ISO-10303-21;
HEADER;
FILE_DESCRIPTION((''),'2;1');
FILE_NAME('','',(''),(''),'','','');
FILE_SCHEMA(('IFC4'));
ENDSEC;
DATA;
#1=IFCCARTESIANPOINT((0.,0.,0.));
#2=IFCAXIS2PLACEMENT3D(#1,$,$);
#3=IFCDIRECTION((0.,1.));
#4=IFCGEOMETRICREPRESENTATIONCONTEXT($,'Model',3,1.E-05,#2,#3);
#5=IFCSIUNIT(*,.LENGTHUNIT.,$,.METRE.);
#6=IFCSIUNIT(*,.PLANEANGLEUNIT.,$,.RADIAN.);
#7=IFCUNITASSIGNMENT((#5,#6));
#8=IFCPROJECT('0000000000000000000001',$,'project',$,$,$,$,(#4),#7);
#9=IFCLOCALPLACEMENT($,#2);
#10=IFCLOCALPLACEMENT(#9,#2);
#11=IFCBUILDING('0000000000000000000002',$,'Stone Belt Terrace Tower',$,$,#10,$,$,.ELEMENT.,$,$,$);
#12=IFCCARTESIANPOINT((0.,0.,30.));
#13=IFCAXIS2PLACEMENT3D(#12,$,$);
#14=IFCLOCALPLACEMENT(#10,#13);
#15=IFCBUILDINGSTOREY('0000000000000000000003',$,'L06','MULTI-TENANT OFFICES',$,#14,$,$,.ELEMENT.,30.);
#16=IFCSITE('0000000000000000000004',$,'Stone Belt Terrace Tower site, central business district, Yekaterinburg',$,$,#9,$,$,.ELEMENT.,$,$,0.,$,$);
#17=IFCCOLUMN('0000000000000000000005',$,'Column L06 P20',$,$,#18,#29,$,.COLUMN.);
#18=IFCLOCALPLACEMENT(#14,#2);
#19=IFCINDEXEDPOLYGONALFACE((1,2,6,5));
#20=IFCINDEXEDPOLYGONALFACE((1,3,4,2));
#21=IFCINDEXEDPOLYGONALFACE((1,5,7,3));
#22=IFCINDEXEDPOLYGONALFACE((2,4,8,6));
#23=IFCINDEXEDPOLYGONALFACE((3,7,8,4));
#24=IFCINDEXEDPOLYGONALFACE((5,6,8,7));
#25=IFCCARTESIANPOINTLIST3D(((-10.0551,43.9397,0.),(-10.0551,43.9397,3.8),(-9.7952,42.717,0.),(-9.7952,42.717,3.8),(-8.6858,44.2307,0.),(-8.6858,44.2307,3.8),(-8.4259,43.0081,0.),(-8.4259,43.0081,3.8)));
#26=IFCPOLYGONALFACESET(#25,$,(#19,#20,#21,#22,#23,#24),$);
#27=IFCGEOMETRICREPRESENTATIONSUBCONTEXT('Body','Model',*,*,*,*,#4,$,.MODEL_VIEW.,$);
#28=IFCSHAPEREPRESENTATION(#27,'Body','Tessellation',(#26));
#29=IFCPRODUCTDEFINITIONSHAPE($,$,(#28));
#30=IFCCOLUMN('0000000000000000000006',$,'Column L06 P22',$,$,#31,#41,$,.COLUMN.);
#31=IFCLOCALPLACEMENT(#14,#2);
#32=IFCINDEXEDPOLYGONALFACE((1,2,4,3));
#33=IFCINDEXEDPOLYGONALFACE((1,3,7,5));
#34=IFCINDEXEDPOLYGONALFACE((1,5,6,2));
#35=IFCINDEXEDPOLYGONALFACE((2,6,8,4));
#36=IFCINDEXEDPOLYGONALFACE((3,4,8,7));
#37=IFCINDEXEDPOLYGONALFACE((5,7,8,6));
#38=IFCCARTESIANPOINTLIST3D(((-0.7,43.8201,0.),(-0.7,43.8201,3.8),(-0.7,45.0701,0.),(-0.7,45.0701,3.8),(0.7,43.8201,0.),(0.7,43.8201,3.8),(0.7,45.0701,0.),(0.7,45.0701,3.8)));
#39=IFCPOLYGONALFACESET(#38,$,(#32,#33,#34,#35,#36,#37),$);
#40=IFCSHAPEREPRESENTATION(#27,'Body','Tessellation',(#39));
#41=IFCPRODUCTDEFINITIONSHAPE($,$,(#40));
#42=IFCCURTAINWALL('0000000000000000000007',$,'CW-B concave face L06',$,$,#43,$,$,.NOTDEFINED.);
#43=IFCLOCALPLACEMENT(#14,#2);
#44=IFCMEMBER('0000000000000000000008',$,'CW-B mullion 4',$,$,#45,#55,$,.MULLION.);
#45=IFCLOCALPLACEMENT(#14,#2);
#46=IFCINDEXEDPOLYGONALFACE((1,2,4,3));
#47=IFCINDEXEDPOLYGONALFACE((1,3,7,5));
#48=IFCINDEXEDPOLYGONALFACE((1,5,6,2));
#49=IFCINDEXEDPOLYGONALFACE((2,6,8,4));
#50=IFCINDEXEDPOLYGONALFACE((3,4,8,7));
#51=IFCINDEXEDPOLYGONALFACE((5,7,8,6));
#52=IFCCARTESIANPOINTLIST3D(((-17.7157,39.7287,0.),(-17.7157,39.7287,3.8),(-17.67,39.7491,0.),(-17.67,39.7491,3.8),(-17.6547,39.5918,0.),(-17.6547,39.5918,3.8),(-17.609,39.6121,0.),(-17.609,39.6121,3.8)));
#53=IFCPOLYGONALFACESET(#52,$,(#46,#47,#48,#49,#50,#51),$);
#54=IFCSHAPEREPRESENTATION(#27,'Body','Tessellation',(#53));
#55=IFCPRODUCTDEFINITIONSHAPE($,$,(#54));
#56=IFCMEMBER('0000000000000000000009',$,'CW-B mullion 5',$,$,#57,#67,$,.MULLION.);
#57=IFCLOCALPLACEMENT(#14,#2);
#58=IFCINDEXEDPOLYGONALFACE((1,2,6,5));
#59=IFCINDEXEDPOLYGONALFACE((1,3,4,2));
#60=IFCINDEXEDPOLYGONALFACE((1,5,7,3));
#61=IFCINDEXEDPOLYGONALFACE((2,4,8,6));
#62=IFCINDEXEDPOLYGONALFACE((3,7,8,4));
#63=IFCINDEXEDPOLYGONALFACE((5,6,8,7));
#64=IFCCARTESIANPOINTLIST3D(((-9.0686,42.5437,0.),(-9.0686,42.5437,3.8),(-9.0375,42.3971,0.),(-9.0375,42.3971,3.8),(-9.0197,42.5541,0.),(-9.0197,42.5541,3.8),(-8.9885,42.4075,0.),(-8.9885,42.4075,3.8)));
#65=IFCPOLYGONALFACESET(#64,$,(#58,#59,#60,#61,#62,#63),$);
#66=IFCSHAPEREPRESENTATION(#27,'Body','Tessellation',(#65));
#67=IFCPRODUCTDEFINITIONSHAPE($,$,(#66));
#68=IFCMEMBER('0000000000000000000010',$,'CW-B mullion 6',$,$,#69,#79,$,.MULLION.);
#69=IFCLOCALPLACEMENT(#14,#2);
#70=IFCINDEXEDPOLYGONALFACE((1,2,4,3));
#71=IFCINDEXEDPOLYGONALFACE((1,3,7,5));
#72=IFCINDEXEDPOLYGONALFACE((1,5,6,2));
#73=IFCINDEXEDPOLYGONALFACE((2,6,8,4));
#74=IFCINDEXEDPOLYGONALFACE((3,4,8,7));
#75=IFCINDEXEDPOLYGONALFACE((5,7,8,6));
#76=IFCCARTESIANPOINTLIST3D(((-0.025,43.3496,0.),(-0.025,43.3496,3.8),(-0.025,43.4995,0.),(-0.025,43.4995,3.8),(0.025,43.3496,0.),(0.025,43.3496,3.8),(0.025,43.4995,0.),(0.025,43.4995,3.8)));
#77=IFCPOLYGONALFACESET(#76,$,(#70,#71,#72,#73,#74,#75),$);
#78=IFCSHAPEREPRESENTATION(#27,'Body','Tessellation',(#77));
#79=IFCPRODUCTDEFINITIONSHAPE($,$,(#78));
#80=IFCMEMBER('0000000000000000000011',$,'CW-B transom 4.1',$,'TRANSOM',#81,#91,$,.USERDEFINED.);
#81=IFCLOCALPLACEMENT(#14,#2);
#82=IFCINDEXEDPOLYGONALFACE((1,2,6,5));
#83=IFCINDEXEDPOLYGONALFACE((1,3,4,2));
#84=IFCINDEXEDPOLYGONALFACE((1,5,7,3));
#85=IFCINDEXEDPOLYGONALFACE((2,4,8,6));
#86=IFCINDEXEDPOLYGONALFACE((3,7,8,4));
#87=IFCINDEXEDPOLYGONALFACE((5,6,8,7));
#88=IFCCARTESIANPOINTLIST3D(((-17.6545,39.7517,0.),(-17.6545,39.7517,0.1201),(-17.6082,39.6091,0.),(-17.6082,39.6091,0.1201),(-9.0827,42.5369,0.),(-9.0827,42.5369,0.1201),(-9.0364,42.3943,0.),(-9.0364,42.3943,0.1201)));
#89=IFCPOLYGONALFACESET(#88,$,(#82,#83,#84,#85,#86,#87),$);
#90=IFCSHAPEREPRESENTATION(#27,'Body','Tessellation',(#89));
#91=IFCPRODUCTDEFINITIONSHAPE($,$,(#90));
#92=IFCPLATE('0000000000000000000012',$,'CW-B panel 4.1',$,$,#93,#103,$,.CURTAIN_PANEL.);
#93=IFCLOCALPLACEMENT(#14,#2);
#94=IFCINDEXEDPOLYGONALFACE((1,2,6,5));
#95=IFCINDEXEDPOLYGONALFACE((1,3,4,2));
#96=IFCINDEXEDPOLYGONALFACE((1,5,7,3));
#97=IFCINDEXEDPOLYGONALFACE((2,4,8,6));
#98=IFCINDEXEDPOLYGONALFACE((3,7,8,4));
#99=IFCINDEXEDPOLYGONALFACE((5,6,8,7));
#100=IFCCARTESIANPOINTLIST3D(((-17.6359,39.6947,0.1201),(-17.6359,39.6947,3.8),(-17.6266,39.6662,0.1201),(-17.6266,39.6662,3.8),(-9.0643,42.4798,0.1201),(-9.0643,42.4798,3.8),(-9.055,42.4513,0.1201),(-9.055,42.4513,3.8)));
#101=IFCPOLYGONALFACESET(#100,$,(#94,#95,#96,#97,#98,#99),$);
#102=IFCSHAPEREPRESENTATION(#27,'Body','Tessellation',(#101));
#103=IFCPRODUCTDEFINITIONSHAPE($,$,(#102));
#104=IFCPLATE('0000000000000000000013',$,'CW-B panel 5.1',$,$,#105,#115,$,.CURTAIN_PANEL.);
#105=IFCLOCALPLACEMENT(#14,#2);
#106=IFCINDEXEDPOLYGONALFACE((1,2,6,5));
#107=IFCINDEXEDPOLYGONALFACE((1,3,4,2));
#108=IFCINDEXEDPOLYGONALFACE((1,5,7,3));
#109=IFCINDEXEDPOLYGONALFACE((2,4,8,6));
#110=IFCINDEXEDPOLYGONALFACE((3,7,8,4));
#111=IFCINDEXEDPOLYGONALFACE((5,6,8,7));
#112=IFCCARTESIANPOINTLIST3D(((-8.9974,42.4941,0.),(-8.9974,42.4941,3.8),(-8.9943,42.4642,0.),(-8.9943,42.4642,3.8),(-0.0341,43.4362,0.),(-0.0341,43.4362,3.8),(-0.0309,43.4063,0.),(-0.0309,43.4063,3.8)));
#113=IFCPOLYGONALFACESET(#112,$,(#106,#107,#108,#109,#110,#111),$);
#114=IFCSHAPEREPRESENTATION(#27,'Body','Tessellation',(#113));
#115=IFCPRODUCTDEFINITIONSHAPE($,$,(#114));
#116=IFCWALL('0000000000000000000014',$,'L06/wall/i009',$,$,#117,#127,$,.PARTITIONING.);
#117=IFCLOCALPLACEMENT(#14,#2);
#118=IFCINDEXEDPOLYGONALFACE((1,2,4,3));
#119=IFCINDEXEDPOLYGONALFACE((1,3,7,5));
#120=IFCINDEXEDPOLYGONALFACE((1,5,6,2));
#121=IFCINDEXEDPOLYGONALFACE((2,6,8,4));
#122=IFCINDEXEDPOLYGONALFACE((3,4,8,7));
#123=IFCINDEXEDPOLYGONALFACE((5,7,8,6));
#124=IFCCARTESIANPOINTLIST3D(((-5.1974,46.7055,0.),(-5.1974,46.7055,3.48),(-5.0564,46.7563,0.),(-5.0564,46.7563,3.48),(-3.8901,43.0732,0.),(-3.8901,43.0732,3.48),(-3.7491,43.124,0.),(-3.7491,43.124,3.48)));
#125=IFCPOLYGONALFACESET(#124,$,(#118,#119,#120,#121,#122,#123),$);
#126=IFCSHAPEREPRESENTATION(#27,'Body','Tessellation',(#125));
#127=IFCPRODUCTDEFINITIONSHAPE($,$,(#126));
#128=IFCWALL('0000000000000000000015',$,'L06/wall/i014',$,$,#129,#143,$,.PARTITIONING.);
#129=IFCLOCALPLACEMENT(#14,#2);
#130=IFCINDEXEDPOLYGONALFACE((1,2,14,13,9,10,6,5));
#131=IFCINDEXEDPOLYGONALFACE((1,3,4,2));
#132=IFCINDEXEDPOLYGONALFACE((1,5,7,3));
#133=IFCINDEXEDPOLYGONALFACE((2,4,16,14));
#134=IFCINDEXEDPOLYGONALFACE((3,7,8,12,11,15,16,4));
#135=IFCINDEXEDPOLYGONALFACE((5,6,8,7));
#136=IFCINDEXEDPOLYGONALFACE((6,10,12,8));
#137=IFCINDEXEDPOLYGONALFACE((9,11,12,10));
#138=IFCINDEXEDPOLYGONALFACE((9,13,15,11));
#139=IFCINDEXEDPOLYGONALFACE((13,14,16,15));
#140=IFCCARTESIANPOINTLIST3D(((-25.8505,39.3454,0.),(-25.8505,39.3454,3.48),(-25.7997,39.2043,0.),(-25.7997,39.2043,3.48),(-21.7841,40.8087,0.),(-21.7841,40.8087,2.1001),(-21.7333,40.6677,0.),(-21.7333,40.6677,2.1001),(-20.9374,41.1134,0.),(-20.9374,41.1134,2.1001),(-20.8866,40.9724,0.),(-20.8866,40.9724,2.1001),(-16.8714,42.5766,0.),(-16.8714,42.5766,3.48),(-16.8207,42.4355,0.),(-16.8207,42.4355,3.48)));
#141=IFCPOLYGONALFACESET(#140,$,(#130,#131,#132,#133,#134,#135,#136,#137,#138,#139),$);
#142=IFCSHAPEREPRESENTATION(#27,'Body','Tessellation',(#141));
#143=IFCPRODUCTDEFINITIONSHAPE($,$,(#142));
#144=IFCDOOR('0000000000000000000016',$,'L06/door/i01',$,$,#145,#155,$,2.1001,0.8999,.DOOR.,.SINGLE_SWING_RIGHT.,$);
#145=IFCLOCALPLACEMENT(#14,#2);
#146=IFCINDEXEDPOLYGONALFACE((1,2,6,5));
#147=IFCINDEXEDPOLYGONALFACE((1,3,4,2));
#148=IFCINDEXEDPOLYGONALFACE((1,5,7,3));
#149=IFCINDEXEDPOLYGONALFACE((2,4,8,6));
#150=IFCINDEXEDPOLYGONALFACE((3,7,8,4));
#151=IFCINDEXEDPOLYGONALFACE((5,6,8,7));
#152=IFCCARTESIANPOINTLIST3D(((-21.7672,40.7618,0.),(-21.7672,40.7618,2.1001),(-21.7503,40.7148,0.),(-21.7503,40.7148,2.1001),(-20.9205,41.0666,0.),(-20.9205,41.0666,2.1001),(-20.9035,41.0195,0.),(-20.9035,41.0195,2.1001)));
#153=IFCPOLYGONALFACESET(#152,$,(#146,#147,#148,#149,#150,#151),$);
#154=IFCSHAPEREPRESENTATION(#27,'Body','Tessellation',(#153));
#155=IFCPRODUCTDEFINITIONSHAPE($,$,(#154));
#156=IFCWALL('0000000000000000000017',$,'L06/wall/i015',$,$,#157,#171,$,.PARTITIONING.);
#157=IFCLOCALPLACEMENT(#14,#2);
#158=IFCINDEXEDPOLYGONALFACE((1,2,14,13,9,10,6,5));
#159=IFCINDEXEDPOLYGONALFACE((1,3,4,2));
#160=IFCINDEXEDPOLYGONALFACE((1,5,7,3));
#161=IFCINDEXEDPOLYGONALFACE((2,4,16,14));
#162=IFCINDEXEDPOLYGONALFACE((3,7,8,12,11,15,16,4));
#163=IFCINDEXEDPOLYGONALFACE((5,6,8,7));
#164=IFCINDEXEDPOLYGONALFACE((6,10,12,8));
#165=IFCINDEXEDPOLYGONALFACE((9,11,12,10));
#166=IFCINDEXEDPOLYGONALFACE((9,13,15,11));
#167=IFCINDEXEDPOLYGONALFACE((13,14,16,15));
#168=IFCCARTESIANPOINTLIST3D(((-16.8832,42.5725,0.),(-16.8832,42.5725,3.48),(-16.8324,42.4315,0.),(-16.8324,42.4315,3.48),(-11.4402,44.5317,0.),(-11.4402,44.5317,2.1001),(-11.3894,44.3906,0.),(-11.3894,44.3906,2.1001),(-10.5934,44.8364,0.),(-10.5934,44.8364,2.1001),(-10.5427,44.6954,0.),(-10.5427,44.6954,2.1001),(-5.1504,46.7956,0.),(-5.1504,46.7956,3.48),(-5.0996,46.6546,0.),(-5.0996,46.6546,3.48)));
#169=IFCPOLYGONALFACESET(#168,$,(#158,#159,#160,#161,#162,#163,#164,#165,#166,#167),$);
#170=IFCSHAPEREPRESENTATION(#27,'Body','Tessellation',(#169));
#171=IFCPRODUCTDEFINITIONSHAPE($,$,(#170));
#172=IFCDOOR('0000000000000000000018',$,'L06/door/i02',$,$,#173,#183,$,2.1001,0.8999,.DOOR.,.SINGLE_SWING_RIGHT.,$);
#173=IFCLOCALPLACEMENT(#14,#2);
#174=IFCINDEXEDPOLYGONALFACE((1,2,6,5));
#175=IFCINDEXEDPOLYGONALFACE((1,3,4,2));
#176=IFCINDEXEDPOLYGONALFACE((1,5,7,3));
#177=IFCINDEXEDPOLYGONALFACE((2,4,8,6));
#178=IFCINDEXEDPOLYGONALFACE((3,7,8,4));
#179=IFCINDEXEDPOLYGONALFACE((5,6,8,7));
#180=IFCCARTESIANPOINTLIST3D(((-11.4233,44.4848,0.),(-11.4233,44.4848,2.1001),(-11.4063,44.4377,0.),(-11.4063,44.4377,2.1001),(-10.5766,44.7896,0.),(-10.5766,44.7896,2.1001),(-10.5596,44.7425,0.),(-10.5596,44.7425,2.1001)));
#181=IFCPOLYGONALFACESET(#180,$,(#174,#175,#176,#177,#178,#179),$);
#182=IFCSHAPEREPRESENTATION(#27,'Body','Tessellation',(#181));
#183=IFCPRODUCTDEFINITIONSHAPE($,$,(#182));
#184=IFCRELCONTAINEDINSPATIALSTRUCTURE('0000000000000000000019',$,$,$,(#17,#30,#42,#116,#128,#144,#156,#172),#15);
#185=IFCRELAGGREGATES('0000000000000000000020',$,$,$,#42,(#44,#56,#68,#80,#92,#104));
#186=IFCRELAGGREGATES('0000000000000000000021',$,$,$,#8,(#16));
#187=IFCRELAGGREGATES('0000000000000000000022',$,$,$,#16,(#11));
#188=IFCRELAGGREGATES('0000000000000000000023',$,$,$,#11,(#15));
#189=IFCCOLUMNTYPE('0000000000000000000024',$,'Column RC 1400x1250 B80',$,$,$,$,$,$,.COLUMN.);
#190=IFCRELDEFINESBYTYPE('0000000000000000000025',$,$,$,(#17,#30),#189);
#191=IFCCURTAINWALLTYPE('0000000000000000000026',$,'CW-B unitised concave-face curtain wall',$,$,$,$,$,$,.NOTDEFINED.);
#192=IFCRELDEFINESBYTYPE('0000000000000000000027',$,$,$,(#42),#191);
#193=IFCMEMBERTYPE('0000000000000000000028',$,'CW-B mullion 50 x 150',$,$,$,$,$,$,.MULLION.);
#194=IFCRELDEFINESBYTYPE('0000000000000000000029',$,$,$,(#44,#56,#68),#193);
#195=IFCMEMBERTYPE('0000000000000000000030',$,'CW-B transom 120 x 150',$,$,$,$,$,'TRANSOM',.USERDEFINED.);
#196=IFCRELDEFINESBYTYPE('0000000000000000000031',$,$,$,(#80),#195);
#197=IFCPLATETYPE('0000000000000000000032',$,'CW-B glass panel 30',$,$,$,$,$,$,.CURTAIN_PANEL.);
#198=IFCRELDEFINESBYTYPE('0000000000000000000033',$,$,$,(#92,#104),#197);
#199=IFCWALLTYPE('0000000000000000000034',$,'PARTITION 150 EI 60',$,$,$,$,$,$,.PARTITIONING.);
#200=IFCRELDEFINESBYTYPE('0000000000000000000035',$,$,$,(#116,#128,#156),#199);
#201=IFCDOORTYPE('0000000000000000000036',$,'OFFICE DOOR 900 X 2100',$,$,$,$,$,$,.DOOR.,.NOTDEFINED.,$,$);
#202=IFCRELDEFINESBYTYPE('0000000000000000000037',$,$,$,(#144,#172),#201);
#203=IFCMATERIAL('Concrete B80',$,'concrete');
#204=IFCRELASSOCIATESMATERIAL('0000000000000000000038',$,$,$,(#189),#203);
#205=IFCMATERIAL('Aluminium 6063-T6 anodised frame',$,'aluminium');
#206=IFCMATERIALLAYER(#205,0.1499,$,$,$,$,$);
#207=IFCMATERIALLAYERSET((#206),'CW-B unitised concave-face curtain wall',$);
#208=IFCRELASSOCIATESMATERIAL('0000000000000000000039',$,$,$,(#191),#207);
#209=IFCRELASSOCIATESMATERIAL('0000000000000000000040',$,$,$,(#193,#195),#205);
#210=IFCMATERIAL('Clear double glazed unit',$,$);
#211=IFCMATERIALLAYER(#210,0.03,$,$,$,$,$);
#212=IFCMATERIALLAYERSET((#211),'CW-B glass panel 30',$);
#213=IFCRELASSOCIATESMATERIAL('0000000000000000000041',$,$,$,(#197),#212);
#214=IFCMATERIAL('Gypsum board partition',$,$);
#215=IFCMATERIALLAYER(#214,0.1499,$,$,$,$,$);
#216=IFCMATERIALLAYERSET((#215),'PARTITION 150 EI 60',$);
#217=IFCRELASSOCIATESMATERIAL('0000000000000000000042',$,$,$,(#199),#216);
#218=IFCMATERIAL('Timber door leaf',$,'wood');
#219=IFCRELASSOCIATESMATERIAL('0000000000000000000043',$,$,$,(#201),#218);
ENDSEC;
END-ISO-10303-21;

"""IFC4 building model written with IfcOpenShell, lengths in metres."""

from ifc_helpers import new_model, si_unit, direction, frame, frame_2d, origin, origin_2d, place, context, subcontext, project, spatial, rectangle, extrude, material, layer, layer_set, material_profile, profile_set, type_object, element, fill, aggregate, save


model = new_model("IFC4")

# Units and contexts
model_context = context("Model", 3, precision=1e-05, world=origin(), true_north=direction((0.0, 1.0)))
body_context = subcontext(model_context, "Body", "Model", "MODEL_VIEW")
ifc_project = project(units=[si_unit("LENGTHUNIT", "METRE"), si_unit("PLANEANGLEUNIT", "RADIAN")], contexts=[model_context])

# Site, building, storey
site_placement = place(None, origin())
site = spatial("IfcSite", under=ifc_project, at=site_placement, Name="Stone Belt Terrace Tower site, central business district, Yekaterinburg", CompositionType="ELEMENT", RefElevation=0.0)
building_placement = place(site_placement, origin())
building = spatial("IfcBuilding", under=site, at=building_placement, Name="Stone Belt Terrace Tower", CompositionType="ELEMENT")
storey_placement = place(building_placement, frame((0.0, 0.0, 30.0)))
storey = spatial("IfcBuildingStorey", under=building, at=storey_placement, Name="L06", Description="MULTI-TENANT OFFICES", CompositionType="ELEMENT", Elevation=30.0)

# Columns
ifc_material_1 = material(Name="Concrete B80", Category="concrete")
ifc_material_profile_1 = material_profile(ifc_material_1, rectangle(XDim=1.3999, YDim=1.25, at=origin_2d()), Name="RC 1400x1250")
ifc_profile_set_1 = profile_set([ifc_material_profile_1], Name="Concrete B80")
column_type = type_object("IfcColumnType", Name="Column RC 1400x1250 B80", PredefinedType="COLUMN", material=ifc_profile_set_1)
for number, where, z_axis, x_axis, name in (
    (1, (-9.2405, 43.4739, 0.0), (0.0, 0.0, 1.0), (0.978148, 0.207912, 0.0), "Column L06 P20"),
    (2, (0.0, 44.4451, 0.0), (0.0, 0.0, 1.0), (1.0, 0.0, 0.0), "Column L06 P22"),
):
    element("IfcColumn", number, at=place(storey_placement, frame(where, z_axis=z_axis, x_axis=x_axis)), inside=storey, type_object=column_type, Name=name, PredefinedType="COLUMN", context=body_context, shape_type="SweptSolid", body=[
        extrude(rectangle(XDim=1.3999, YDim=1.25, at=origin_2d()), origin(), (0.0, 0.0, 1.0), 3.8),
    ])

# Curtain wall, members, plates
ifc_material_2 = material(Name="Aluminium 6063-T6 anodised frame", Category="aluminium")
ifc_layer_1 = layer(ifc_material_2, 0.1499)
ifc_layer_set_1 = layer_set([ifc_layer_1], Name="CW-B unitised concave-face curtain wall")
curtain_wall_type = type_object("IfcCurtainWallType", Name="CW-B unitised concave-face curtain wall", PredefinedType="NOTDEFINED", material=ifc_layer_set_1)
curtain_wall_placement = place(storey_placement, origin())
curtain_wall = element("IfcCurtainWall", 3, at=curtain_wall_placement, inside=storey, type_object=curtain_wall_type, Name="CW-B concave face L06", PredefinedType="NOTDEFINED")
ifc_material_profile_2 = material_profile(ifc_material_2, rectangle(XDim=0.1499, YDim=0.05, at=origin_2d()), Name="Aluminium 6063-T6 50x150")
ifc_profile_set_2 = profile_set([ifc_material_profile_2], Name="Aluminium 6063-T6 anodised frame")
member_type_1 = type_object("IfcMemberType", Name="CW-B mullion 50 x 150", PredefinedType="MULLION", material=ifc_profile_set_2)
member_1_placement = place(storey_placement, frame((-17.6624, 39.6704, 0.0), z_axis=(0.0, 0.0, 1.0), x_axis=(-0.406737, 0.913545, 0.0)))
member_1 = element("IfcMember", 4, at=member_1_placement, type_object=member_type_1, Name="CW-B mullion 4", PredefinedType="MULLION", context=body_context, shape_type="SweptSolid", body=[
    extrude(rectangle(XDim=0.1499, YDim=0.05, at=origin_2d()), origin(), (0.0, 0.0, 1.0), 3.8),
])
member_2_placement = place(storey_placement, frame((-9.0286, 42.4756, 0.0), z_axis=(0.0, 0.0, 1.0), x_axis=(-0.207912, 0.978148, 0.0)))
member_2 = element("IfcMember", 5, at=member_2_placement, type_object=member_type_1, Name="CW-B mullion 5", PredefinedType="MULLION", context=body_context, shape_type="SweptSolid", body=[
    extrude(rectangle(XDim=0.1499, YDim=0.05, at=origin_2d()), origin(), (0.0, 0.0, 1.0), 3.8),
])
member_3_placement = place(storey_placement, frame((0.0, 43.4246, 0.0), z_axis=(0.0, 0.0, 1.0), x_axis=(0.0, 1.0, 0.0)))
member_3 = element("IfcMember", 6, at=member_3_placement, type_object=member_type_1, Name="CW-B mullion 6", PredefinedType="MULLION", context=body_context, shape_type="SweptSolid", body=[
    extrude(rectangle(XDim=0.1499, YDim=0.05, at=origin_2d()), origin(), (0.0, 0.0, 1.0), 3.8),
])
ifc_material_profile_3 = material_profile(ifc_material_2, rectangle(XDim=0.1499, YDim=0.1201, at=origin_2d()), Name="Aluminium 6063-T6 150x120")
ifc_profile_set_3 = profile_set([ifc_material_profile_3], Name="Aluminium 6063-T6 anodised frame")
member_type_2 = type_object("IfcMemberType", Name="CW-B transom 120 x 150", ElementType="TRANSOM", PredefinedType="USERDEFINED", material=ifc_profile_set_3)
member_4_placement = place(storey_placement, frame((-17.6313, 39.6804, 0.0601), z_axis=(0.951056, 0.309019, 0.0), x_axis=(-0.309019, 0.951056, 0.0)))
member_4 = element("IfcMember", 7, at=member_4_placement, type_object=member_type_2, Name="CW-B transom 4.1", ObjectType="TRANSOM", PredefinedType="USERDEFINED", context=body_context, shape_type="SweptSolid", body=[
    extrude(rectangle(XDim=0.1499, YDim=0.1201, at=origin_2d()), origin(), (0.0, 0.0, 1.0), 9.0129),
])
ifc_material_3 = material(Name="Clear double glazed unit")
ifc_layer_2 = layer(ifc_material_3, 0.03)
ifc_layer_set_2 = layer_set([ifc_layer_2], Name="CW-B glass panel 30")
plate_type = type_object("IfcPlateType", Name="CW-B glass panel 30", PredefinedType="CURTAIN_PANEL", material=ifc_layer_set_2)
plate_1_placement = place(storey_placement, frame((-13.3455, 41.073, 0.1201), z_axis=(0.0, 0.0, 1.0), x_axis=(0.951057, 0.309017, 0.0)))
plate_1 = element("IfcPlate", 8, at=plate_1_placement, type_object=plate_type, Name="CW-B panel 4.1", PredefinedType="CURTAIN_PANEL", context=body_context, shape_type="SweptSolid", body=[
    extrude(rectangle(XDim=9.0127, YDim=0.03, at=origin_2d()), origin(), (0.0, 0.0, 1.0), 3.6799),
])
plate_2_placement = place(storey_placement, frame((-4.5142, 42.9502, 0.0), z_axis=(0.0, 0.0, 1.0), x_axis=(0.994522, 0.104528, 0.0)))
plate_2 = element("IfcPlate", 9, at=plate_2_placement, type_object=plate_type, Name="CW-B panel 5.1", PredefinedType="CURTAIN_PANEL", context=body_context, shape_type="SweptSolid", body=[
    extrude(rectangle(XDim=9.0127, YDim=0.03, at=origin_2d()), origin(), (0.0, 0.0, 1.0), 3.8),
])
aggregate(curtain_wall, [member_1, member_2, member_3, member_4, plate_1, plate_2])

# Wall
ifc_material_4 = material(Name="Gypsum board partition")
ifc_layer_3 = layer(ifc_material_4, 0.1499)
ifc_layer_set_3 = layer_set([ifc_layer_3], Name="PARTITION 150 EI 60")
wall_type_1 = type_object("IfcWallType", Name="PARTITION 150 EI 60", PredefinedType="PARTITIONING", material=ifc_layer_set_3)
wall_1_placement = place(storey_placement, frame((-3.8196, 43.0986, 0.0), z_axis=(0.0, 0.0, 1.0), x_axis=(-0.338659, 0.940909, 0.0)))
element("IfcWall", 10, at=wall_1_placement, inside=storey, type_object=wall_type_1, Name="L06/wall/i009", PredefinedType="PARTITIONING", context=body_context, shape_type="SweptSolid", body=[
    extrude(rectangle(XDim=3.8604, YDim=0.1499, at=frame_2d((1.9302, 0.0))), origin(), (0.0, 0.0, 1.0), 3.48),
])

# Walls, openings, doors
wall_2_placement = place(storey_placement, frame((-16.8459, 42.5061, 0.0), z_axis=(0.0, 0.0, 1.0), x_axis=(-0.940929, -0.338604, 0.0)))
wall_2 = element("IfcWall", 11, at=wall_2_placement, inside=storey, type_object=wall_type_1, Name="L06/wall/i014", PredefinedType="PARTITIONING", context=body_context, shape_type="SweptSolid", body=[
    extrude(rectangle(XDim=9.5427, YDim=0.1499, at=frame_2d((4.7715, 0.0))), origin(), (0.0, 0.0, 1.0), 3.48),
])
opening_1_placement = place(wall_2_placement, frame((4.3213, 0.0, 0.0)))
opening_1 = element("IfcOpeningElement", 12, at=opening_1_placement, cuts=wall_2, PredefinedType="OPENING", context=body_context, shape_type="SweptSolid", body=[
    extrude(rectangle(XDim=0.8999, YDim=2.1001, at=frame_2d((0.45, 1.05))), frame((0.0, 0.085, 0.0), z_axis=(0.0, -1.0, 0.0), x_axis=(1.0, 0.0, 0.0)), (0.0, 0.0, 1.0), 0.1699),
])
ifc_material_5 = material(Name="Timber door leaf", Category="wood")
door_type_1 = type_object("IfcDoorType", Name="OFFICE DOOR 900 X 2100", OperationType="NOTDEFINED", PredefinedType="DOOR", material=ifc_material_5)
door_1_placement = place(opening_1_placement, origin())
door_1 = element("IfcDoor", 13, at=door_1_placement, inside=storey, type_object=door_type_1, Name="L06/door/i01", OperationType="SINGLE_SWING_RIGHT", OverallHeight=2.1001, OverallWidth=0.8999, PredefinedType="DOOR", context=body_context, shape_type="SweptSolid", body=[
    extrude(rectangle(XDim=0.8999, YDim=2.1001, at=frame_2d((0.45, 1.05))), frame((0.0, 0.0249, 0.0), z_axis=(0.0, -1.0, 0.0), x_axis=(1.0, 0.0, 0.0)), (0.0, 0.0, 1.0), 0.05),
])
fill(opening_1, door_1)
wall_3_placement = place(storey_placement, frame((-5.125, 46.7251, 0.0), z_axis=(0.0, 0.0, 1.0), x_axis=(-0.940905, -0.33867, 0.0)))
wall_3 = element("IfcWall", 14, at=wall_3_placement, inside=storey, type_object=wall_type_1, Name="L06/wall/i015", PredefinedType="PARTITIONING", context=body_context, shape_type="SweptSolid", body=[
    extrude(rectangle(XDim=12.4697, YDim=0.1499, at=frame_2d((6.2349, 0.0))), origin(), (0.0, 0.0, 1.0), 3.48),
])
opening_2_placement = place(wall_3_placement, frame((5.7849, 0.0, 0.0)))
opening_2 = element("IfcOpeningElement", 15, at=opening_2_placement, cuts=wall_3, PredefinedType="OPENING", context=body_context, shape_type="SweptSolid", body=[
    extrude(rectangle(XDim=0.8999, YDim=2.1001, at=frame_2d((0.45, 1.05))), frame((0.0, 0.085, 0.0), z_axis=(0.0, -1.0, 0.0), x_axis=(1.0, 0.0, 0.0)), (0.0, 0.0, 1.0), 0.1699),
])
door_2_placement = place(opening_2_placement, origin())
door_2 = element("IfcDoor", 16, at=door_2_placement, inside=storey, type_object=door_type_1, Name="L06/door/i02", OperationType="SINGLE_SWING_RIGHT", OverallHeight=2.1001, OverallWidth=0.8999, PredefinedType="DOOR", context=body_context, shape_type="SweptSolid", body=[
    extrude(rectangle(XDim=0.8999, YDim=2.1001, at=frame_2d((0.45, 1.05))), frame((0.0, 0.0249, 0.0), z_axis=(0.0, -1.0, 0.0), x_axis=(1.0, 0.0, 0.0)), (0.0, 0.0, 1.0), 0.05),
])
fill(opening_2, door_2)

save(model, "model.ifc")
